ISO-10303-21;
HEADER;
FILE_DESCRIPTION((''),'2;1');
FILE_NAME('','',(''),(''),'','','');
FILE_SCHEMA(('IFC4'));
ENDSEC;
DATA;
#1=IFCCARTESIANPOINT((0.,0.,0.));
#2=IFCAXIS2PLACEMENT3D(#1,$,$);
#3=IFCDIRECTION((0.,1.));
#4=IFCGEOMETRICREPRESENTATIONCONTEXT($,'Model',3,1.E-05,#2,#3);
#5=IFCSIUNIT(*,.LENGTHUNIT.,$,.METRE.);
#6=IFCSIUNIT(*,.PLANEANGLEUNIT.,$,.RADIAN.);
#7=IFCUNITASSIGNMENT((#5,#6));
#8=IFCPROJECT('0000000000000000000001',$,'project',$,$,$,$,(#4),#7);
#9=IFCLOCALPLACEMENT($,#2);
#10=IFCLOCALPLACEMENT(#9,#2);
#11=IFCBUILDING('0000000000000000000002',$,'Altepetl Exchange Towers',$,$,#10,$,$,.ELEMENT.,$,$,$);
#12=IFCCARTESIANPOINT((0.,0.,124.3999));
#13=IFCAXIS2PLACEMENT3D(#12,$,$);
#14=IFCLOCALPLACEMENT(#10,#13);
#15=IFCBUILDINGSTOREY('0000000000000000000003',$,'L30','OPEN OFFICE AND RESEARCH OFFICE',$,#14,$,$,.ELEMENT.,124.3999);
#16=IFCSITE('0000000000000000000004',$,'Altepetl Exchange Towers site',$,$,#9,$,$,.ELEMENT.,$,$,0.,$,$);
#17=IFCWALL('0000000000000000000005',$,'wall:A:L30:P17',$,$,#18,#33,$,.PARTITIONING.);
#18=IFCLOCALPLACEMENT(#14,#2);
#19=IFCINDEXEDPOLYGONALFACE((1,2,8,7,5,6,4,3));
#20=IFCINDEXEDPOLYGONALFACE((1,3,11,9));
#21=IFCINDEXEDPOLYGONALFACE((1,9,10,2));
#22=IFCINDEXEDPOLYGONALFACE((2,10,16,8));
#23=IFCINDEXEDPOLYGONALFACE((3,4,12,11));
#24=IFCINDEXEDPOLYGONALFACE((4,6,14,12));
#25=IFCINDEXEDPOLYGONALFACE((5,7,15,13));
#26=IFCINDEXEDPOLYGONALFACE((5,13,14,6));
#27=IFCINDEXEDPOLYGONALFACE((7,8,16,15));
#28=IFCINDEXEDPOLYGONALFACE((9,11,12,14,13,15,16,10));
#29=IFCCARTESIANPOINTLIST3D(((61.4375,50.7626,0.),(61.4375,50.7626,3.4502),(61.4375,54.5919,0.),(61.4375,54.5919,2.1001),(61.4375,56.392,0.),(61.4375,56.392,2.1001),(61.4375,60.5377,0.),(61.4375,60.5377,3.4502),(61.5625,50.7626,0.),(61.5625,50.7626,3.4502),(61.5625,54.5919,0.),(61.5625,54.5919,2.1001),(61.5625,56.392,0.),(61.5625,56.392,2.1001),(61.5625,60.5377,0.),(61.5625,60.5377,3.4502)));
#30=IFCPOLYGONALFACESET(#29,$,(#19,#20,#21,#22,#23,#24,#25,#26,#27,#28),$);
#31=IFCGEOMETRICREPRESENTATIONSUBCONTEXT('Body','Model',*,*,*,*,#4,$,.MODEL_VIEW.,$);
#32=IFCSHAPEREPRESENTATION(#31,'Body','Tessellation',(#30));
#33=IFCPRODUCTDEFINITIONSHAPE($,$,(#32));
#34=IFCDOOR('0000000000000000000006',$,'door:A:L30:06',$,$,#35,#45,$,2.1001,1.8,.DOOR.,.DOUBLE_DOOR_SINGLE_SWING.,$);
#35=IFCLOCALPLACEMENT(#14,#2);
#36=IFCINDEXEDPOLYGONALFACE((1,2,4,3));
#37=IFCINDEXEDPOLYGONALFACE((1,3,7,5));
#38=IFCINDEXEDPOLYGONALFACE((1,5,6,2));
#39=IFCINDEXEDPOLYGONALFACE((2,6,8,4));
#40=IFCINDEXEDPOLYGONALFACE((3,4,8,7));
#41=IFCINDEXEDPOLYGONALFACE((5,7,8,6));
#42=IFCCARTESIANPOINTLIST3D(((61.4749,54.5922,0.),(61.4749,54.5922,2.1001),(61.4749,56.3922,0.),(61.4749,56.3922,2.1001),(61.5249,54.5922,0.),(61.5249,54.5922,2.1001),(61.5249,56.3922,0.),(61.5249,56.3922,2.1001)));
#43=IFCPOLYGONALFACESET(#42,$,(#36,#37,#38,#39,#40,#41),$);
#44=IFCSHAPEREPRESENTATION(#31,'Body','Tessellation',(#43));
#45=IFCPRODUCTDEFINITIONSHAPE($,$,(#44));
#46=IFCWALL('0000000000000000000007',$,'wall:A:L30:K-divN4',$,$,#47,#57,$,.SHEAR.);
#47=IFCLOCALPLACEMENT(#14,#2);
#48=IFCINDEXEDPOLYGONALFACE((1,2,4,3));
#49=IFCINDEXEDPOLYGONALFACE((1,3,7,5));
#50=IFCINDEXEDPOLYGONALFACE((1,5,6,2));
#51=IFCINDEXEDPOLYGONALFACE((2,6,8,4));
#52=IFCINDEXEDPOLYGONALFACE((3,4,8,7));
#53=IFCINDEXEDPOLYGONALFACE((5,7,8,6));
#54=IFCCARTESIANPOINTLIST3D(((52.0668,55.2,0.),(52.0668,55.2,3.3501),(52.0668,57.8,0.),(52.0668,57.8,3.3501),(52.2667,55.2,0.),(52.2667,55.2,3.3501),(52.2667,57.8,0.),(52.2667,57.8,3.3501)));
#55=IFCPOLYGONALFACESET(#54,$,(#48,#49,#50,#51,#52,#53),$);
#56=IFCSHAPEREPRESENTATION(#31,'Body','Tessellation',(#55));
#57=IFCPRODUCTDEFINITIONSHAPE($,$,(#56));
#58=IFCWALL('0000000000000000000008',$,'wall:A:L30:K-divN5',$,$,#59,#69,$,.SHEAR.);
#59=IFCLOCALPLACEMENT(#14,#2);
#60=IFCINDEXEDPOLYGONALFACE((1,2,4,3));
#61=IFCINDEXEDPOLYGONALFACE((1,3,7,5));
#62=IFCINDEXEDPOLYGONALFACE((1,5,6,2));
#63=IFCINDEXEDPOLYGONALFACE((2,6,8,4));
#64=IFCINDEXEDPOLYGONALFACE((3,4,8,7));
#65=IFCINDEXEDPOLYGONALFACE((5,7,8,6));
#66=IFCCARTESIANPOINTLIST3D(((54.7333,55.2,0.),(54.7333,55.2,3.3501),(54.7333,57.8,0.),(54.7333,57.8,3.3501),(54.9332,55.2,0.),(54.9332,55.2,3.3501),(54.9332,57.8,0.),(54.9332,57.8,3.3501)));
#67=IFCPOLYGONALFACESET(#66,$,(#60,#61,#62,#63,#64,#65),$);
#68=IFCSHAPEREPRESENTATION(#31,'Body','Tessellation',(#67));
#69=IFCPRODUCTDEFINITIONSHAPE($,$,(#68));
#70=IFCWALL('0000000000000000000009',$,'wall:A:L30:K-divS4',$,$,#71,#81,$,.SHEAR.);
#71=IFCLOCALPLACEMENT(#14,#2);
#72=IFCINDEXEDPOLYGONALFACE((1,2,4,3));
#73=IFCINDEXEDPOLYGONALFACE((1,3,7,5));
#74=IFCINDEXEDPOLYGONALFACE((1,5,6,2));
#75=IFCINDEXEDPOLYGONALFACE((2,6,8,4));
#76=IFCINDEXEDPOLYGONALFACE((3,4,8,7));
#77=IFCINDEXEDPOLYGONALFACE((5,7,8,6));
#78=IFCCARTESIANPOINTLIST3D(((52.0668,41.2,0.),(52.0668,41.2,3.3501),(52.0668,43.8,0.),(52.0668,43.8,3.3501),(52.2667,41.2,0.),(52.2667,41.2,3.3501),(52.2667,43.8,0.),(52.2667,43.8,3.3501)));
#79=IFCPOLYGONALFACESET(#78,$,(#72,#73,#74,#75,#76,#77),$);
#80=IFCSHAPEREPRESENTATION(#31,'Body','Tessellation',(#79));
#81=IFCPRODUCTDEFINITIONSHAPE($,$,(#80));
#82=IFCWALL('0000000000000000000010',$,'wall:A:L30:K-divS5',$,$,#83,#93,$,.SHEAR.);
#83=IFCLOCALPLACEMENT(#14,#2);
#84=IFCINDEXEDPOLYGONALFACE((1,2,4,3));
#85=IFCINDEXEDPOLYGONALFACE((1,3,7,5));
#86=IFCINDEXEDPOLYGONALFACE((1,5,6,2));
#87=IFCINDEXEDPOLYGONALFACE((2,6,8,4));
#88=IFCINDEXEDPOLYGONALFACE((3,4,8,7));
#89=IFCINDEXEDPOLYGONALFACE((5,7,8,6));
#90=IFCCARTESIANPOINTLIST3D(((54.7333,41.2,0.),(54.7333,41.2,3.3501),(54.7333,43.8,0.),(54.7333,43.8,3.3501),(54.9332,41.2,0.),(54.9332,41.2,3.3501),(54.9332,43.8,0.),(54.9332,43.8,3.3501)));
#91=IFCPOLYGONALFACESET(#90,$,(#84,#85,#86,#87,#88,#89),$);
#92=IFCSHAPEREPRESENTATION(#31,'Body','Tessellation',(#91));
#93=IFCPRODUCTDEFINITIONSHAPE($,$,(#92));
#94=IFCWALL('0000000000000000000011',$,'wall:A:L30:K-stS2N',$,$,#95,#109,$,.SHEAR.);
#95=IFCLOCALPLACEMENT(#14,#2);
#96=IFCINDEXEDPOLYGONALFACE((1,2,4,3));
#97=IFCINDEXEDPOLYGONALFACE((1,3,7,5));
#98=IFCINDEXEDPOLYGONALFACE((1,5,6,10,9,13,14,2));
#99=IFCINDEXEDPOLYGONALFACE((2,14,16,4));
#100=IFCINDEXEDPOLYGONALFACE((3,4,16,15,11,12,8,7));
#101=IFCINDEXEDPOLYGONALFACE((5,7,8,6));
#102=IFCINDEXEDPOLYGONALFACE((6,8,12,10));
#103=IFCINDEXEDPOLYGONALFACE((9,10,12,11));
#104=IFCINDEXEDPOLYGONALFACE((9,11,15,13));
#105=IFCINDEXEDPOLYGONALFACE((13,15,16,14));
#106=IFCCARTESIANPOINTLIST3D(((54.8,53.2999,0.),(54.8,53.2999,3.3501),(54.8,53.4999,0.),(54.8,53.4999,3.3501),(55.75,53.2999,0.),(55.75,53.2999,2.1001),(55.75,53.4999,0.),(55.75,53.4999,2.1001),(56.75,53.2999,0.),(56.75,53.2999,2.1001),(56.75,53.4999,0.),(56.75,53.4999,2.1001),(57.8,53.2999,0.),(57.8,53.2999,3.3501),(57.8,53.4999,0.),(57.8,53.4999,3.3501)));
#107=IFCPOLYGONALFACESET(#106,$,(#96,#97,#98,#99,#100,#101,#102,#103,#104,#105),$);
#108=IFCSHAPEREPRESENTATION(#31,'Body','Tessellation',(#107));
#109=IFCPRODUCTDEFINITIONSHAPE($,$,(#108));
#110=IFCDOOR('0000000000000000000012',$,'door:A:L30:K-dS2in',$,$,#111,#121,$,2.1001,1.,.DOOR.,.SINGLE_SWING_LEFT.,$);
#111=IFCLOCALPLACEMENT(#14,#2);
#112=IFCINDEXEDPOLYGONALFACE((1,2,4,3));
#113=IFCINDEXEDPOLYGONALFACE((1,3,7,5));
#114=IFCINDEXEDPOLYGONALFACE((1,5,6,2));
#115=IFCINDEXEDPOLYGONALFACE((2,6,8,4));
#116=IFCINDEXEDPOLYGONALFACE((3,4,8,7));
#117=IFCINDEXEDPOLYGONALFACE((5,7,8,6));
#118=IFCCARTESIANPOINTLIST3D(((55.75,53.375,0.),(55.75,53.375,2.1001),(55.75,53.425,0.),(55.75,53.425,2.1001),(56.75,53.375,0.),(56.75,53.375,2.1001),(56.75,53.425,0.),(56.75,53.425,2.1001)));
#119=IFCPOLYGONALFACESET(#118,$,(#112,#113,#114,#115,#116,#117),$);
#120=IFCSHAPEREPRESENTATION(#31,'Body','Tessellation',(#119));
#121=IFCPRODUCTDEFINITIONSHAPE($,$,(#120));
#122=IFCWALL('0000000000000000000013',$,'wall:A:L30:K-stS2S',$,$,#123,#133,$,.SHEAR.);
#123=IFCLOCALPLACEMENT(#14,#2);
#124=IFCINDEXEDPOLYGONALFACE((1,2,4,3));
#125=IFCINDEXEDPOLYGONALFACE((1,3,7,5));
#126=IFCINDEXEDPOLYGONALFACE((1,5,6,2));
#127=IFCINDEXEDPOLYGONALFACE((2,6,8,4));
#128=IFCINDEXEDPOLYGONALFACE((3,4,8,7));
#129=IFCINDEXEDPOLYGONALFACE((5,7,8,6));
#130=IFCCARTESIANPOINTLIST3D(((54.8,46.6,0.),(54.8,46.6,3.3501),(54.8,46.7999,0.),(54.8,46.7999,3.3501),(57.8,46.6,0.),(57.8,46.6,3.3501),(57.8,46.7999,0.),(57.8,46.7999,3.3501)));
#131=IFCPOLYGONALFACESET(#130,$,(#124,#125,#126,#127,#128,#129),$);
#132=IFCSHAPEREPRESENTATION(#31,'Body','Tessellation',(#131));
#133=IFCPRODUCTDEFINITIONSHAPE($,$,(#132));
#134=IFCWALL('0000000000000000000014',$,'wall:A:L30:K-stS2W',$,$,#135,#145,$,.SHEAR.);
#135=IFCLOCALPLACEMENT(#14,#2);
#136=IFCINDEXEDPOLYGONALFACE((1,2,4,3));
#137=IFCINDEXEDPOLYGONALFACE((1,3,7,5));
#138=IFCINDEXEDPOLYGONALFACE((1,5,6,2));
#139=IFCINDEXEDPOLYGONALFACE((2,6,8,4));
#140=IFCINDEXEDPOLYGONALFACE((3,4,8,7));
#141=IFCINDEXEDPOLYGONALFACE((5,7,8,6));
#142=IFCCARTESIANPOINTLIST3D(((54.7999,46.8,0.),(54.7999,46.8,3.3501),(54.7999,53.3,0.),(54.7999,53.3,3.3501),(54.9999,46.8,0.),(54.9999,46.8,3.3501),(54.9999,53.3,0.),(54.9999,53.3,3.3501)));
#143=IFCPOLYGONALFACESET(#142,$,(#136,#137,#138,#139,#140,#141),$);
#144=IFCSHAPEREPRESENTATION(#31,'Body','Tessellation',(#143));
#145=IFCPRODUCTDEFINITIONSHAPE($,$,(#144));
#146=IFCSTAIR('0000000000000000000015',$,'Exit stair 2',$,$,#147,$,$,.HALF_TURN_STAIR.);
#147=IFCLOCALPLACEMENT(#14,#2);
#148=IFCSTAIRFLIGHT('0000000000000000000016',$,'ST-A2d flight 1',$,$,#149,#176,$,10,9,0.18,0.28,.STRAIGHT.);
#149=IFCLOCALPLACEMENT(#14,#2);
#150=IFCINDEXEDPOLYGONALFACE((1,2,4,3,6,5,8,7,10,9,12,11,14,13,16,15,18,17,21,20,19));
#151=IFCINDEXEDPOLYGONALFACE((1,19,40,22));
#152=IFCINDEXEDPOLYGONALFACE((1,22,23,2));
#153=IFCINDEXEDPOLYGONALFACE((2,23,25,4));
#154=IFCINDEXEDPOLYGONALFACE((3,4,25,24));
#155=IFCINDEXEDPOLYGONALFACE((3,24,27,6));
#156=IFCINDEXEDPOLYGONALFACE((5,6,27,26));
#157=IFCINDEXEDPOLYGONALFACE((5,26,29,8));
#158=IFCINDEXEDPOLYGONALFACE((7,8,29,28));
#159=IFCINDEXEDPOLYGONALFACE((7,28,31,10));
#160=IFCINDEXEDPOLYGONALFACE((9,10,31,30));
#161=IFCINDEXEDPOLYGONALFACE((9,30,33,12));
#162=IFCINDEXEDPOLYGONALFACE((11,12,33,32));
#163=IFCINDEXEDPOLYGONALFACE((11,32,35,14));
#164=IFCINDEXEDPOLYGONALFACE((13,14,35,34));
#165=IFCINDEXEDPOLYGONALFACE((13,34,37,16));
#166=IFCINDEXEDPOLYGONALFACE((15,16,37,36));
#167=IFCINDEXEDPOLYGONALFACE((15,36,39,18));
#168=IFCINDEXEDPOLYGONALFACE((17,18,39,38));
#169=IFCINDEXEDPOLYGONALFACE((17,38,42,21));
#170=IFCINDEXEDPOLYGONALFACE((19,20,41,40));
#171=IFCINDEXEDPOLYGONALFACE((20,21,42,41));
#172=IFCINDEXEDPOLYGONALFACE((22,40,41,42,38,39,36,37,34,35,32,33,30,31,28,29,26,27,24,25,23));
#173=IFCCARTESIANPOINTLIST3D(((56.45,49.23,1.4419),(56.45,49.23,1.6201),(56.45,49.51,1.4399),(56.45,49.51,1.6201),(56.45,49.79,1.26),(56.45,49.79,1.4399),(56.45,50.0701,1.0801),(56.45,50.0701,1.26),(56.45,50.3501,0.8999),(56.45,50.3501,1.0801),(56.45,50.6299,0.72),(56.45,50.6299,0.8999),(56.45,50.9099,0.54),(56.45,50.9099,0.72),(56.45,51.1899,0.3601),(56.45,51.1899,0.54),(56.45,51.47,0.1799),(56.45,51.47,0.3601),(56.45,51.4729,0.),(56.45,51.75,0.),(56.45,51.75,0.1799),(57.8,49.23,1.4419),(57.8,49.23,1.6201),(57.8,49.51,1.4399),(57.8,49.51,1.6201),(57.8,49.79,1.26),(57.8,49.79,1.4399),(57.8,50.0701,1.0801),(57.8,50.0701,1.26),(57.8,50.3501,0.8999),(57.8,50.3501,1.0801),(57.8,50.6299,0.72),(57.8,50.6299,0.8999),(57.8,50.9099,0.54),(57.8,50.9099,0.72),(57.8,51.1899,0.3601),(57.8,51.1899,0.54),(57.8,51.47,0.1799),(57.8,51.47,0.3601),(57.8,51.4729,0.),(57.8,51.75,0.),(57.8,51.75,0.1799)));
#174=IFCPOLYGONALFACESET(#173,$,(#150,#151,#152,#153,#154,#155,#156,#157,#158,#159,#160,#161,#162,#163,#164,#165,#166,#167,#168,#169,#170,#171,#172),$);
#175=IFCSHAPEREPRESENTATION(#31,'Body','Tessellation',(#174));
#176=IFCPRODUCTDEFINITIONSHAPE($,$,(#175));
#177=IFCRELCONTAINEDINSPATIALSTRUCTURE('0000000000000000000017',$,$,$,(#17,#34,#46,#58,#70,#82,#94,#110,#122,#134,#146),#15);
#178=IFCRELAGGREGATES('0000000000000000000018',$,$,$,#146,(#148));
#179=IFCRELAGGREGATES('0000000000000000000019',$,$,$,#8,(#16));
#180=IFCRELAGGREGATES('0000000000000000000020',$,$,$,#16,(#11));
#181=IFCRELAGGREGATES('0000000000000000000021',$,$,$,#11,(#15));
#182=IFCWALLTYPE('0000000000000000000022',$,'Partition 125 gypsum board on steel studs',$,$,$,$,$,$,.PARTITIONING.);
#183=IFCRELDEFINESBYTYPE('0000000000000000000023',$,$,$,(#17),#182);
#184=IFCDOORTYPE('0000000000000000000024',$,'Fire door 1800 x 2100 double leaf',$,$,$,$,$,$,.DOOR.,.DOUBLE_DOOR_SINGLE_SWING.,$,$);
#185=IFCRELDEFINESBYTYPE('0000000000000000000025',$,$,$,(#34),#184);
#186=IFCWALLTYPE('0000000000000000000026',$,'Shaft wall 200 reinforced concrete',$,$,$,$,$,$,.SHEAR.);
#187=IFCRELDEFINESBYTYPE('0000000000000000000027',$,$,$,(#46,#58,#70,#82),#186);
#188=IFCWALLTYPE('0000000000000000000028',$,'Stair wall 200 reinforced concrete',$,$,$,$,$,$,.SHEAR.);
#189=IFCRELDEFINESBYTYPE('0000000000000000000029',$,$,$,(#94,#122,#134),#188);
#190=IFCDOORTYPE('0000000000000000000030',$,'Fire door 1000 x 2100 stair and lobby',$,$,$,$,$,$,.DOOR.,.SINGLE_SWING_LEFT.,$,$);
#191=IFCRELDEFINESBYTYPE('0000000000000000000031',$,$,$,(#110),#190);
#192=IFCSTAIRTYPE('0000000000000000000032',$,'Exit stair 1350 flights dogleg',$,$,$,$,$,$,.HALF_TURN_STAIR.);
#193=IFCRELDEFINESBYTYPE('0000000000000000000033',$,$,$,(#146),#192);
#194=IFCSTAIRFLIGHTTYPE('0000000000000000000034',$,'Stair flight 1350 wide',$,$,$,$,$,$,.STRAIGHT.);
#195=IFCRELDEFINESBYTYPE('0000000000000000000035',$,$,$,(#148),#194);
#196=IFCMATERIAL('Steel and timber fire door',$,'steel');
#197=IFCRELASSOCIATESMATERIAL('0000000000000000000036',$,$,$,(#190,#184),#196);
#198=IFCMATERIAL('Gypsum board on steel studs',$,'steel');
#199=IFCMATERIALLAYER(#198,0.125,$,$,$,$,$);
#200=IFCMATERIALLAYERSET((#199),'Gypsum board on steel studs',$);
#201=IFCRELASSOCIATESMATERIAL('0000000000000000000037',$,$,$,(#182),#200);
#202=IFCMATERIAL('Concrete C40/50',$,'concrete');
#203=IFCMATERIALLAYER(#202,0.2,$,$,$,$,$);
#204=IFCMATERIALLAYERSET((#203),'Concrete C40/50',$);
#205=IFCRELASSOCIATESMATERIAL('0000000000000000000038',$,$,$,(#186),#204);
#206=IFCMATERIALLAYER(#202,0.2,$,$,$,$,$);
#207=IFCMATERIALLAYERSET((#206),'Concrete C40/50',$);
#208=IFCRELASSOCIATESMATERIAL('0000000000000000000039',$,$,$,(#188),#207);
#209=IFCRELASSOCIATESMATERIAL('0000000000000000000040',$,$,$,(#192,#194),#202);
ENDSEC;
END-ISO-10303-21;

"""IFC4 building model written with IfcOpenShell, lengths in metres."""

from ifc_helpers import new_model, si_unit, direction, frame, frame_2d, origin, place, context, subcontext, project, spatial, polyline, rectangle, outline, extrude, material, layer, layer_set, type_object, element, fill, aggregate, save


model = new_model("IFC4")

# Units and contexts
model_context = context("Model", 3, precision=1e-05, world=origin(), true_north=direction((0.0, 1.0)))
body_context = subcontext(model_context, "Body", "Model", "MODEL_VIEW")
ifc_project = project(units=[si_unit("LENGTHUNIT", "METRE"), si_unit("PLANEANGLEUNIT", "RADIAN")], contexts=[model_context])

# Site, building, storey
site_placement = place(None, origin())
site = spatial("IfcSite", under=ifc_project, at=site_placement, Name="Altepetl Exchange Towers site", CompositionType="ELEMENT", RefElevation=0.0)
building_placement = place(site_placement, origin())
building = spatial("IfcBuilding", under=site, at=building_placement, Name="Altepetl Exchange Towers", CompositionType="ELEMENT")
storey_placement = place(building_placement, frame((0.0, 0.0, 124.3999)))
storey = spatial("IfcBuildingStorey", under=building, at=storey_placement, Name="L30", Description="OPEN OFFICE AND RESEARCH OFFICE", CompositionType="ELEMENT", Elevation=124.3999)

# Shared definitions
ifc_material_1 = material(Name="Steel and timber fire door", Category="steel")
door_type_1 = type_object("IfcDoorType", Name="Fire door 1000 x 2100 stair and lobby", OperationType="SINGLE_SWING_LEFT", PredefinedType="DOOR", material=ifc_material_1)

# Shared definitions
ifc_material_2 = material(Name="Gypsum board on steel studs", Category="steel")
ifc_layer_1 = layer(ifc_material_2, 0.125)
ifc_layer_set_1 = layer_set([ifc_layer_1], Name="Gypsum board on steel studs")
wall_type_1 = type_object("IfcWallType", Name="Partition 125 gypsum board on steel studs", PredefinedType="PARTITIONING", material=ifc_layer_set_1)

# Wall, opening, door
wall_1_placement = place(storey_placement, frame((61.5, 50.7625, 0.0), z_axis=(0.0, 0.0, 1.0), x_axis=(0.0, 1.0, 0.0)))
wall_1 = element("IfcWall", 1, at=wall_1_placement, inside=storey, type_object=wall_type_1, Name="wall:A:L30:P17", PredefinedType="PARTITIONING", context=body_context, shape_type="SweptSolid", body=[
    extrude(rectangle(XDim=9.7751, YDim=0.125, at=frame_2d((4.8877, 0.0))), origin(), (0.0, 0.0, 1.0), 3.4502),
])
opening_1_placement = place(wall_1_placement, frame((3.8296, 0.0, 0.0)))
opening_1 = element("IfcOpeningElement", 2, at=opening_1_placement, cuts=wall_1, PredefinedType="OPENING", context=body_context, shape_type="SweptSolid", body=[
    extrude(rectangle(XDim=1.8, YDim=2.1001, at=frame_2d((0.8999, 1.05))), frame((0.0, 0.0725, 0.0), z_axis=(0.0, -1.0, 0.0), x_axis=(1.0, 0.0, 0.0)), (0.0, 0.0, 1.0), 0.145),
])
door_type_2 = type_object("IfcDoorType", Name="Fire door 1800 x 2100 double leaf", OperationType="DOUBLE_DOOR_SINGLE_SWING", PredefinedType="DOOR", material=ifc_material_1)
door_1_placement = place(opening_1_placement, frame((1.8, 0.0, 0.0), x_axis=(-1.0, 0.0, 0.0)))
door_1 = element("IfcDoor", 3, at=door_1_placement, inside=storey, type_object=door_type_2, Name="door:A:L30:06", OperationType="DOUBLE_DOOR_SINGLE_SWING", OverallHeight=2.1001, OverallWidth=1.8, PredefinedType="DOOR", context=body_context, shape_type="SweptSolid", body=[
    extrude(rectangle(XDim=1.8, YDim=2.1001, at=frame_2d((0.8999, 1.05))), frame((0.0, 0.0249, 0.0), z_axis=(0.0, -1.0, 0.0), x_axis=(1.0, 0.0, 0.0)), (0.0, 0.0, 1.0), 0.05),
])
fill(opening_1, door_1)

# Walls
ifc_material_3 = material(Name="Concrete C40/50", Category="concrete")
ifc_layer_2 = layer(ifc_material_3, 0.2)
ifc_layer_set_2 = layer_set([ifc_layer_2], Name="Concrete C40/50")
wall_type_2 = type_object("IfcWallType", Name="Shaft wall 200 reinforced concrete", PredefinedType="SHEAR", material=ifc_layer_set_2)
for number, where, z_axis, x_axis, name in (
    (4, (52.1667, 57.8, 0.0), (0.0, 0.0, 1.0), (0.0, -1.0, 0.0), "wall:A:L30:K-divN4"),
    (5, (54.8333, 57.8, 0.0), (0.0, 0.0, 1.0), (0.0, -1.0, 0.0), "wall:A:L30:K-divN5"),
    (6, (52.1667, 41.2, 0.0), (0.0, 0.0, 1.0), (0.0, 1.0, 0.0), "wall:A:L30:K-divS4"),
    (7, (54.8333, 41.2, 0.0), (0.0, 0.0, 1.0), (0.0, 1.0, 0.0), "wall:A:L30:K-divS5"),
):
    element("IfcWall", number, at=place(storey_placement, frame(where, z_axis=z_axis, x_axis=x_axis)), inside=storey, type_object=wall_type_2, Name=name, PredefinedType="SHEAR", context=body_context, shape_type="SweptSolid", body=[
        extrude(rectangle(XDim=2.6001, YDim=0.2, at=frame_2d((1.3, 0.0))), origin(), (0.0, 0.0, 1.0), 3.3501),
    ])

# Wall, opening, door
ifc_layer_3 = layer(ifc_material_3, 0.2)
ifc_layer_set_3 = layer_set([ifc_layer_3], Name="Concrete C40/50")
wall_type_3 = type_object("IfcWallType", Name="Stair wall 200 reinforced concrete", PredefinedType="SHEAR", material=ifc_layer_set_3)
wall_2_placement = place(storey_placement, frame((54.8, 53.3999, 0.0)))
wall_2 = element("IfcWall", 8, at=wall_2_placement, inside=storey, type_object=wall_type_3, Name="wall:A:L30:K-stS2N", PredefinedType="SHEAR", context=body_context, shape_type="SweptSolid", body=[
    extrude(rectangle(XDim=3.0, YDim=0.2, at=frame_2d((1.5, 0.0))), origin(), (0.0, 0.0, 1.0), 3.3501),
])
opening_2_placement = place(wall_2_placement, frame((0.95, 0.0, 0.0)))
opening_2 = element("IfcOpeningElement", 9, at=opening_2_placement, cuts=wall_2, PredefinedType="OPENING", context=body_context, shape_type="SweptSolid", body=[
    extrude(rectangle(XDim=1.0, YDim=2.1001, at=frame_2d((0.5, 1.05))), frame((0.0, 0.1099, 0.0), z_axis=(0.0, -1.0, 0.0), x_axis=(1.0, 0.0, 0.0)), (0.0, 0.0, 1.0), 0.22),
])
door_2_placement = place(opening_2_placement, frame((1.0, 0.0, 0.0), x_axis=(-1.0, 0.0, 0.0)))
door_2 = element("IfcDoor", 10, at=door_2_placement, inside=storey, type_object=door_type_1, Name="door:A:L30:K-dS2in", OperationType="SINGLE_SWING_LEFT", OverallHeight=2.1001, OverallWidth=1.0, PredefinedType="DOOR", context=body_context, shape_type="SweptSolid", body=[
    extrude(rectangle(XDim=1.0, YDim=2.1001, at=frame_2d((0.5, 1.05))), frame((0.0, 0.0249, 0.0), z_axis=(0.0, -1.0, 0.0), x_axis=(1.0, 0.0, 0.0)), (0.0, 0.0, 1.0), 0.05),
])
fill(opening_2, door_2)

# Walls
wall_3_placement = place(storey_placement, frame((54.8, 46.7, 0.0)))
element("IfcWall", 11, at=wall_3_placement, inside=storey, type_object=wall_type_3, Name="wall:A:L30:K-stS2S", PredefinedType="SHEAR", context=body_context, shape_type="SweptSolid", body=[
    extrude(rectangle(XDim=3.0, YDim=0.2, at=frame_2d((1.5, 0.0))), origin(), (0.0, 0.0, 1.0), 3.3501),
])
wall_4_placement = place(storey_placement, frame((54.8999, 46.8, 0.0), z_axis=(0.0, 0.0, 1.0), x_axis=(0.0, 1.0, 0.0)))
element("IfcWall", 12, at=wall_4_placement, inside=storey, type_object=wall_type_3, Name="wall:A:L30:K-stS2W", PredefinedType="SHEAR", context=body_context, shape_type="SweptSolid", body=[
    extrude(rectangle(XDim=6.5, YDim=0.2, at=frame_2d((3.25, 0.0))), origin(), (0.0, 0.0, 1.0), 3.3501),
])

# Stair, stair flight
stair_type = type_object("IfcStairType", Name="Exit stair 1350 flights dogleg", PredefinedType="HALF_TURN_STAIR", material=ifc_material_3)
stair_placement = place(storey_placement, origin())
stair = element("IfcStair", 13, at=stair_placement, inside=storey, type_object=stair_type, Name="Exit stair 2", PredefinedType="HALF_TURN_STAIR")
stair_flight_type = type_object("IfcStairFlightType", Name="Stair flight 1350 wide", PredefinedType="STRAIGHT", material=ifc_material_3)
stair_flight_1_placement = place(storey_placement, frame((57.125, 51.75, 0.0), z_axis=(0.0, 0.0, 1.0), x_axis=(0.0, -1.0, 0.0)))
stair_flight_1 = element("IfcStairFlight", 14, at=stair_flight_1_placement, type_object=stair_flight_type, Name="ST-A2d flight 1", NumberOfRisers=10, NumberOfTreads=9, PredefinedType="STRAIGHT", RiserHeight=0.18, TreadLength=0.28, context=body_context, shape_type="SweptSolid", body=[
    extrude(outline(polyline([(0.0, 0.0), (0.0, 0.1799), (0.28, 0.1799), (0.28, 0.3601), (0.5601, 0.3601), (0.5601, 0.54), (0.8401, 0.54), (0.8401, 0.72), (1.1201, 0.72), (1.1201, 0.8999), (1.3999, 0.8999), (1.3999, 1.0801), (1.6799, 1.0801), (1.6799, 1.26), (1.96, 1.26), (1.96, 1.4399), (2.24, 1.4399), (2.24, 1.6201), (2.52, 1.6201), (2.52, 1.8), (2.52, 1.4419), (0.2771, 0.0), (0.0, 0.0)])), frame((0.0, 0.675, 0.0), z_axis=(0.0, -1.0, 0.0), x_axis=(1.0, 0.0, 0.0)), (0.0, 0.0, 1.0), 1.3501),
])
aggregate(stair, [stair_flight_1])

save(model, "model.ifc")
